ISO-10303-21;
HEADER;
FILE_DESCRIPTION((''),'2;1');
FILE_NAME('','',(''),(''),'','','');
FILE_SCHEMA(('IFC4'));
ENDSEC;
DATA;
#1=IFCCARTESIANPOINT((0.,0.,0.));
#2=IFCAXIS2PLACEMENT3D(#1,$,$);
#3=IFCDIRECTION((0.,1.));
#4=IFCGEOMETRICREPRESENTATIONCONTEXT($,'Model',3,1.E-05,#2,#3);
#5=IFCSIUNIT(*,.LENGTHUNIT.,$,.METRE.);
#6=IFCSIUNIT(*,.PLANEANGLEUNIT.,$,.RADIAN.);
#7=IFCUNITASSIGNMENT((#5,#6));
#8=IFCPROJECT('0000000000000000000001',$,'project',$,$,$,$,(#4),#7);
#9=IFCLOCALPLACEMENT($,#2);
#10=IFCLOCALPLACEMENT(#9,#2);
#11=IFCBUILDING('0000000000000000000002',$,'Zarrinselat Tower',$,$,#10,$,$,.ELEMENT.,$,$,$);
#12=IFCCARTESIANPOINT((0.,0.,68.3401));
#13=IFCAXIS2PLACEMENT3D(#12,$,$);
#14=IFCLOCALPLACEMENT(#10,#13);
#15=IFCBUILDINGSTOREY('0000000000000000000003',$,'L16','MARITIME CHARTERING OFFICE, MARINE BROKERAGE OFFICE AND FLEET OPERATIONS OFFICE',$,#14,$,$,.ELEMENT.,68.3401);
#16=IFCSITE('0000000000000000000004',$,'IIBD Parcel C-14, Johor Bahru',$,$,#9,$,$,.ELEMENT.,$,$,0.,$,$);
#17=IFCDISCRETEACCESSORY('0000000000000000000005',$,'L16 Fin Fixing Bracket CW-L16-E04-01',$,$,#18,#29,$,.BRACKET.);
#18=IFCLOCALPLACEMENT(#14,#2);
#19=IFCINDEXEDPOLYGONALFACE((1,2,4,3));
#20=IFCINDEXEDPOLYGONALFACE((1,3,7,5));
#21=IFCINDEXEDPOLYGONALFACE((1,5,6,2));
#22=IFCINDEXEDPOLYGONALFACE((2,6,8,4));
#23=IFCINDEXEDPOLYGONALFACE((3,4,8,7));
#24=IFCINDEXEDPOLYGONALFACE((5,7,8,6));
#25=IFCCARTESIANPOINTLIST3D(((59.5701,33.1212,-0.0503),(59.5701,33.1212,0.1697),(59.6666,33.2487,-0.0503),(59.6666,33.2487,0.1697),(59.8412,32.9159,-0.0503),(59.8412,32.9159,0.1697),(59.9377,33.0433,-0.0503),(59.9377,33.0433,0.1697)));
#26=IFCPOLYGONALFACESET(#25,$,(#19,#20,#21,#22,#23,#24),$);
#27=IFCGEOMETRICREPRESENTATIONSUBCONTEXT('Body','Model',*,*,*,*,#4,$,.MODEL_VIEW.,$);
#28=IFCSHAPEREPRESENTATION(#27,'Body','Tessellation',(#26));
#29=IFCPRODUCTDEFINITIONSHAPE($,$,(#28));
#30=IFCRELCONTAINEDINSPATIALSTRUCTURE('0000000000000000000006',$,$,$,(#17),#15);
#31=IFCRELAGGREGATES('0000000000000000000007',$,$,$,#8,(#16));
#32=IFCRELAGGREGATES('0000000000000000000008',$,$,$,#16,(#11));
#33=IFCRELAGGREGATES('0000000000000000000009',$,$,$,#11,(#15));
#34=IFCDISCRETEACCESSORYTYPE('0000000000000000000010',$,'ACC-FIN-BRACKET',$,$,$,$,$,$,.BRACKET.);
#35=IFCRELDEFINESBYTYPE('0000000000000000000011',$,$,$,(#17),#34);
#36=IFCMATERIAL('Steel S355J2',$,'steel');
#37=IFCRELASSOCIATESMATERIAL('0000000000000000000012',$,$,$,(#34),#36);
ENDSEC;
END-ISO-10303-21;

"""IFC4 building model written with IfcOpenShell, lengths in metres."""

from ifc_helpers import new_model, si_unit, direction, frame, origin, origin_2d, place, context, subcontext, project, spatial, rectangle, extrude, material, type_object, element, save


model = new_model("IFC4")

# Units and contexts
model_context = context("Model", 3, precision=1e-05, world=origin(), true_north=direction((0.0, 1.0)))
body_context = subcontext(model_context, "Body", "Model", "MODEL_VIEW")
ifc_project = project(units=[si_unit("LENGTHUNIT", "METRE"), si_unit("PLANEANGLEUNIT", "RADIAN")], contexts=[model_context])

# Site, building, storey
site_placement = place(None, origin())
site = spatial("IfcSite", under=ifc_project, at=site_placement, Name="IIBD Parcel C-14, Johor Bahru", CompositionType="ELEMENT", RefElevation=0.0)
building_placement = place(site_placement, origin())
building = spatial("IfcBuilding", under=site, at=building_placement, Name="Zarrinselat Tower", CompositionType="ELEMENT")
storey_placement = place(building_placement, frame((0.0, 0.0, 68.3401)))
storey = spatial("IfcBuildingStorey", under=building, at=storey_placement, Name="L16", Description="MARITIME CHARTERING OFFICE, MARINE BROKERAGE OFFICE AND FLEET OPERATIONS OFFICE", CompositionType="ELEMENT", Elevation=68.3401)

# Discrete accessory
ifc_material_1 = material(Name="Steel S355J2", Category="steel")
discrete_accessory_type = type_object("IfcDiscreteAccessoryType", Name="ACC-FIN-BRACKET", PredefinedType="BRACKET", material=ifc_material_1)
discrete_accessory_placement = place(storey_placement, frame((59.7539, 33.0823, -0.0503), z_axis=(0.0, 0.0, 1.0), x_axis=(0.797091, -0.603859, 0.0)))
element("IfcDiscreteAccessory", 1, at=discrete_accessory_placement, inside=storey, type_object=discrete_accessory_type, Name="L16 Fin Fixing Bracket CW-L16-E04-01", PredefinedType="BRACKET", context=body_context, shape_type="SweptSolid", body=[
    extrude(rectangle(XDim=0.3401, YDim=0.1599, at=origin_2d()), origin(), (0.0, 0.0, 1.0), 0.22),
])

save(model, "model.ifc")
